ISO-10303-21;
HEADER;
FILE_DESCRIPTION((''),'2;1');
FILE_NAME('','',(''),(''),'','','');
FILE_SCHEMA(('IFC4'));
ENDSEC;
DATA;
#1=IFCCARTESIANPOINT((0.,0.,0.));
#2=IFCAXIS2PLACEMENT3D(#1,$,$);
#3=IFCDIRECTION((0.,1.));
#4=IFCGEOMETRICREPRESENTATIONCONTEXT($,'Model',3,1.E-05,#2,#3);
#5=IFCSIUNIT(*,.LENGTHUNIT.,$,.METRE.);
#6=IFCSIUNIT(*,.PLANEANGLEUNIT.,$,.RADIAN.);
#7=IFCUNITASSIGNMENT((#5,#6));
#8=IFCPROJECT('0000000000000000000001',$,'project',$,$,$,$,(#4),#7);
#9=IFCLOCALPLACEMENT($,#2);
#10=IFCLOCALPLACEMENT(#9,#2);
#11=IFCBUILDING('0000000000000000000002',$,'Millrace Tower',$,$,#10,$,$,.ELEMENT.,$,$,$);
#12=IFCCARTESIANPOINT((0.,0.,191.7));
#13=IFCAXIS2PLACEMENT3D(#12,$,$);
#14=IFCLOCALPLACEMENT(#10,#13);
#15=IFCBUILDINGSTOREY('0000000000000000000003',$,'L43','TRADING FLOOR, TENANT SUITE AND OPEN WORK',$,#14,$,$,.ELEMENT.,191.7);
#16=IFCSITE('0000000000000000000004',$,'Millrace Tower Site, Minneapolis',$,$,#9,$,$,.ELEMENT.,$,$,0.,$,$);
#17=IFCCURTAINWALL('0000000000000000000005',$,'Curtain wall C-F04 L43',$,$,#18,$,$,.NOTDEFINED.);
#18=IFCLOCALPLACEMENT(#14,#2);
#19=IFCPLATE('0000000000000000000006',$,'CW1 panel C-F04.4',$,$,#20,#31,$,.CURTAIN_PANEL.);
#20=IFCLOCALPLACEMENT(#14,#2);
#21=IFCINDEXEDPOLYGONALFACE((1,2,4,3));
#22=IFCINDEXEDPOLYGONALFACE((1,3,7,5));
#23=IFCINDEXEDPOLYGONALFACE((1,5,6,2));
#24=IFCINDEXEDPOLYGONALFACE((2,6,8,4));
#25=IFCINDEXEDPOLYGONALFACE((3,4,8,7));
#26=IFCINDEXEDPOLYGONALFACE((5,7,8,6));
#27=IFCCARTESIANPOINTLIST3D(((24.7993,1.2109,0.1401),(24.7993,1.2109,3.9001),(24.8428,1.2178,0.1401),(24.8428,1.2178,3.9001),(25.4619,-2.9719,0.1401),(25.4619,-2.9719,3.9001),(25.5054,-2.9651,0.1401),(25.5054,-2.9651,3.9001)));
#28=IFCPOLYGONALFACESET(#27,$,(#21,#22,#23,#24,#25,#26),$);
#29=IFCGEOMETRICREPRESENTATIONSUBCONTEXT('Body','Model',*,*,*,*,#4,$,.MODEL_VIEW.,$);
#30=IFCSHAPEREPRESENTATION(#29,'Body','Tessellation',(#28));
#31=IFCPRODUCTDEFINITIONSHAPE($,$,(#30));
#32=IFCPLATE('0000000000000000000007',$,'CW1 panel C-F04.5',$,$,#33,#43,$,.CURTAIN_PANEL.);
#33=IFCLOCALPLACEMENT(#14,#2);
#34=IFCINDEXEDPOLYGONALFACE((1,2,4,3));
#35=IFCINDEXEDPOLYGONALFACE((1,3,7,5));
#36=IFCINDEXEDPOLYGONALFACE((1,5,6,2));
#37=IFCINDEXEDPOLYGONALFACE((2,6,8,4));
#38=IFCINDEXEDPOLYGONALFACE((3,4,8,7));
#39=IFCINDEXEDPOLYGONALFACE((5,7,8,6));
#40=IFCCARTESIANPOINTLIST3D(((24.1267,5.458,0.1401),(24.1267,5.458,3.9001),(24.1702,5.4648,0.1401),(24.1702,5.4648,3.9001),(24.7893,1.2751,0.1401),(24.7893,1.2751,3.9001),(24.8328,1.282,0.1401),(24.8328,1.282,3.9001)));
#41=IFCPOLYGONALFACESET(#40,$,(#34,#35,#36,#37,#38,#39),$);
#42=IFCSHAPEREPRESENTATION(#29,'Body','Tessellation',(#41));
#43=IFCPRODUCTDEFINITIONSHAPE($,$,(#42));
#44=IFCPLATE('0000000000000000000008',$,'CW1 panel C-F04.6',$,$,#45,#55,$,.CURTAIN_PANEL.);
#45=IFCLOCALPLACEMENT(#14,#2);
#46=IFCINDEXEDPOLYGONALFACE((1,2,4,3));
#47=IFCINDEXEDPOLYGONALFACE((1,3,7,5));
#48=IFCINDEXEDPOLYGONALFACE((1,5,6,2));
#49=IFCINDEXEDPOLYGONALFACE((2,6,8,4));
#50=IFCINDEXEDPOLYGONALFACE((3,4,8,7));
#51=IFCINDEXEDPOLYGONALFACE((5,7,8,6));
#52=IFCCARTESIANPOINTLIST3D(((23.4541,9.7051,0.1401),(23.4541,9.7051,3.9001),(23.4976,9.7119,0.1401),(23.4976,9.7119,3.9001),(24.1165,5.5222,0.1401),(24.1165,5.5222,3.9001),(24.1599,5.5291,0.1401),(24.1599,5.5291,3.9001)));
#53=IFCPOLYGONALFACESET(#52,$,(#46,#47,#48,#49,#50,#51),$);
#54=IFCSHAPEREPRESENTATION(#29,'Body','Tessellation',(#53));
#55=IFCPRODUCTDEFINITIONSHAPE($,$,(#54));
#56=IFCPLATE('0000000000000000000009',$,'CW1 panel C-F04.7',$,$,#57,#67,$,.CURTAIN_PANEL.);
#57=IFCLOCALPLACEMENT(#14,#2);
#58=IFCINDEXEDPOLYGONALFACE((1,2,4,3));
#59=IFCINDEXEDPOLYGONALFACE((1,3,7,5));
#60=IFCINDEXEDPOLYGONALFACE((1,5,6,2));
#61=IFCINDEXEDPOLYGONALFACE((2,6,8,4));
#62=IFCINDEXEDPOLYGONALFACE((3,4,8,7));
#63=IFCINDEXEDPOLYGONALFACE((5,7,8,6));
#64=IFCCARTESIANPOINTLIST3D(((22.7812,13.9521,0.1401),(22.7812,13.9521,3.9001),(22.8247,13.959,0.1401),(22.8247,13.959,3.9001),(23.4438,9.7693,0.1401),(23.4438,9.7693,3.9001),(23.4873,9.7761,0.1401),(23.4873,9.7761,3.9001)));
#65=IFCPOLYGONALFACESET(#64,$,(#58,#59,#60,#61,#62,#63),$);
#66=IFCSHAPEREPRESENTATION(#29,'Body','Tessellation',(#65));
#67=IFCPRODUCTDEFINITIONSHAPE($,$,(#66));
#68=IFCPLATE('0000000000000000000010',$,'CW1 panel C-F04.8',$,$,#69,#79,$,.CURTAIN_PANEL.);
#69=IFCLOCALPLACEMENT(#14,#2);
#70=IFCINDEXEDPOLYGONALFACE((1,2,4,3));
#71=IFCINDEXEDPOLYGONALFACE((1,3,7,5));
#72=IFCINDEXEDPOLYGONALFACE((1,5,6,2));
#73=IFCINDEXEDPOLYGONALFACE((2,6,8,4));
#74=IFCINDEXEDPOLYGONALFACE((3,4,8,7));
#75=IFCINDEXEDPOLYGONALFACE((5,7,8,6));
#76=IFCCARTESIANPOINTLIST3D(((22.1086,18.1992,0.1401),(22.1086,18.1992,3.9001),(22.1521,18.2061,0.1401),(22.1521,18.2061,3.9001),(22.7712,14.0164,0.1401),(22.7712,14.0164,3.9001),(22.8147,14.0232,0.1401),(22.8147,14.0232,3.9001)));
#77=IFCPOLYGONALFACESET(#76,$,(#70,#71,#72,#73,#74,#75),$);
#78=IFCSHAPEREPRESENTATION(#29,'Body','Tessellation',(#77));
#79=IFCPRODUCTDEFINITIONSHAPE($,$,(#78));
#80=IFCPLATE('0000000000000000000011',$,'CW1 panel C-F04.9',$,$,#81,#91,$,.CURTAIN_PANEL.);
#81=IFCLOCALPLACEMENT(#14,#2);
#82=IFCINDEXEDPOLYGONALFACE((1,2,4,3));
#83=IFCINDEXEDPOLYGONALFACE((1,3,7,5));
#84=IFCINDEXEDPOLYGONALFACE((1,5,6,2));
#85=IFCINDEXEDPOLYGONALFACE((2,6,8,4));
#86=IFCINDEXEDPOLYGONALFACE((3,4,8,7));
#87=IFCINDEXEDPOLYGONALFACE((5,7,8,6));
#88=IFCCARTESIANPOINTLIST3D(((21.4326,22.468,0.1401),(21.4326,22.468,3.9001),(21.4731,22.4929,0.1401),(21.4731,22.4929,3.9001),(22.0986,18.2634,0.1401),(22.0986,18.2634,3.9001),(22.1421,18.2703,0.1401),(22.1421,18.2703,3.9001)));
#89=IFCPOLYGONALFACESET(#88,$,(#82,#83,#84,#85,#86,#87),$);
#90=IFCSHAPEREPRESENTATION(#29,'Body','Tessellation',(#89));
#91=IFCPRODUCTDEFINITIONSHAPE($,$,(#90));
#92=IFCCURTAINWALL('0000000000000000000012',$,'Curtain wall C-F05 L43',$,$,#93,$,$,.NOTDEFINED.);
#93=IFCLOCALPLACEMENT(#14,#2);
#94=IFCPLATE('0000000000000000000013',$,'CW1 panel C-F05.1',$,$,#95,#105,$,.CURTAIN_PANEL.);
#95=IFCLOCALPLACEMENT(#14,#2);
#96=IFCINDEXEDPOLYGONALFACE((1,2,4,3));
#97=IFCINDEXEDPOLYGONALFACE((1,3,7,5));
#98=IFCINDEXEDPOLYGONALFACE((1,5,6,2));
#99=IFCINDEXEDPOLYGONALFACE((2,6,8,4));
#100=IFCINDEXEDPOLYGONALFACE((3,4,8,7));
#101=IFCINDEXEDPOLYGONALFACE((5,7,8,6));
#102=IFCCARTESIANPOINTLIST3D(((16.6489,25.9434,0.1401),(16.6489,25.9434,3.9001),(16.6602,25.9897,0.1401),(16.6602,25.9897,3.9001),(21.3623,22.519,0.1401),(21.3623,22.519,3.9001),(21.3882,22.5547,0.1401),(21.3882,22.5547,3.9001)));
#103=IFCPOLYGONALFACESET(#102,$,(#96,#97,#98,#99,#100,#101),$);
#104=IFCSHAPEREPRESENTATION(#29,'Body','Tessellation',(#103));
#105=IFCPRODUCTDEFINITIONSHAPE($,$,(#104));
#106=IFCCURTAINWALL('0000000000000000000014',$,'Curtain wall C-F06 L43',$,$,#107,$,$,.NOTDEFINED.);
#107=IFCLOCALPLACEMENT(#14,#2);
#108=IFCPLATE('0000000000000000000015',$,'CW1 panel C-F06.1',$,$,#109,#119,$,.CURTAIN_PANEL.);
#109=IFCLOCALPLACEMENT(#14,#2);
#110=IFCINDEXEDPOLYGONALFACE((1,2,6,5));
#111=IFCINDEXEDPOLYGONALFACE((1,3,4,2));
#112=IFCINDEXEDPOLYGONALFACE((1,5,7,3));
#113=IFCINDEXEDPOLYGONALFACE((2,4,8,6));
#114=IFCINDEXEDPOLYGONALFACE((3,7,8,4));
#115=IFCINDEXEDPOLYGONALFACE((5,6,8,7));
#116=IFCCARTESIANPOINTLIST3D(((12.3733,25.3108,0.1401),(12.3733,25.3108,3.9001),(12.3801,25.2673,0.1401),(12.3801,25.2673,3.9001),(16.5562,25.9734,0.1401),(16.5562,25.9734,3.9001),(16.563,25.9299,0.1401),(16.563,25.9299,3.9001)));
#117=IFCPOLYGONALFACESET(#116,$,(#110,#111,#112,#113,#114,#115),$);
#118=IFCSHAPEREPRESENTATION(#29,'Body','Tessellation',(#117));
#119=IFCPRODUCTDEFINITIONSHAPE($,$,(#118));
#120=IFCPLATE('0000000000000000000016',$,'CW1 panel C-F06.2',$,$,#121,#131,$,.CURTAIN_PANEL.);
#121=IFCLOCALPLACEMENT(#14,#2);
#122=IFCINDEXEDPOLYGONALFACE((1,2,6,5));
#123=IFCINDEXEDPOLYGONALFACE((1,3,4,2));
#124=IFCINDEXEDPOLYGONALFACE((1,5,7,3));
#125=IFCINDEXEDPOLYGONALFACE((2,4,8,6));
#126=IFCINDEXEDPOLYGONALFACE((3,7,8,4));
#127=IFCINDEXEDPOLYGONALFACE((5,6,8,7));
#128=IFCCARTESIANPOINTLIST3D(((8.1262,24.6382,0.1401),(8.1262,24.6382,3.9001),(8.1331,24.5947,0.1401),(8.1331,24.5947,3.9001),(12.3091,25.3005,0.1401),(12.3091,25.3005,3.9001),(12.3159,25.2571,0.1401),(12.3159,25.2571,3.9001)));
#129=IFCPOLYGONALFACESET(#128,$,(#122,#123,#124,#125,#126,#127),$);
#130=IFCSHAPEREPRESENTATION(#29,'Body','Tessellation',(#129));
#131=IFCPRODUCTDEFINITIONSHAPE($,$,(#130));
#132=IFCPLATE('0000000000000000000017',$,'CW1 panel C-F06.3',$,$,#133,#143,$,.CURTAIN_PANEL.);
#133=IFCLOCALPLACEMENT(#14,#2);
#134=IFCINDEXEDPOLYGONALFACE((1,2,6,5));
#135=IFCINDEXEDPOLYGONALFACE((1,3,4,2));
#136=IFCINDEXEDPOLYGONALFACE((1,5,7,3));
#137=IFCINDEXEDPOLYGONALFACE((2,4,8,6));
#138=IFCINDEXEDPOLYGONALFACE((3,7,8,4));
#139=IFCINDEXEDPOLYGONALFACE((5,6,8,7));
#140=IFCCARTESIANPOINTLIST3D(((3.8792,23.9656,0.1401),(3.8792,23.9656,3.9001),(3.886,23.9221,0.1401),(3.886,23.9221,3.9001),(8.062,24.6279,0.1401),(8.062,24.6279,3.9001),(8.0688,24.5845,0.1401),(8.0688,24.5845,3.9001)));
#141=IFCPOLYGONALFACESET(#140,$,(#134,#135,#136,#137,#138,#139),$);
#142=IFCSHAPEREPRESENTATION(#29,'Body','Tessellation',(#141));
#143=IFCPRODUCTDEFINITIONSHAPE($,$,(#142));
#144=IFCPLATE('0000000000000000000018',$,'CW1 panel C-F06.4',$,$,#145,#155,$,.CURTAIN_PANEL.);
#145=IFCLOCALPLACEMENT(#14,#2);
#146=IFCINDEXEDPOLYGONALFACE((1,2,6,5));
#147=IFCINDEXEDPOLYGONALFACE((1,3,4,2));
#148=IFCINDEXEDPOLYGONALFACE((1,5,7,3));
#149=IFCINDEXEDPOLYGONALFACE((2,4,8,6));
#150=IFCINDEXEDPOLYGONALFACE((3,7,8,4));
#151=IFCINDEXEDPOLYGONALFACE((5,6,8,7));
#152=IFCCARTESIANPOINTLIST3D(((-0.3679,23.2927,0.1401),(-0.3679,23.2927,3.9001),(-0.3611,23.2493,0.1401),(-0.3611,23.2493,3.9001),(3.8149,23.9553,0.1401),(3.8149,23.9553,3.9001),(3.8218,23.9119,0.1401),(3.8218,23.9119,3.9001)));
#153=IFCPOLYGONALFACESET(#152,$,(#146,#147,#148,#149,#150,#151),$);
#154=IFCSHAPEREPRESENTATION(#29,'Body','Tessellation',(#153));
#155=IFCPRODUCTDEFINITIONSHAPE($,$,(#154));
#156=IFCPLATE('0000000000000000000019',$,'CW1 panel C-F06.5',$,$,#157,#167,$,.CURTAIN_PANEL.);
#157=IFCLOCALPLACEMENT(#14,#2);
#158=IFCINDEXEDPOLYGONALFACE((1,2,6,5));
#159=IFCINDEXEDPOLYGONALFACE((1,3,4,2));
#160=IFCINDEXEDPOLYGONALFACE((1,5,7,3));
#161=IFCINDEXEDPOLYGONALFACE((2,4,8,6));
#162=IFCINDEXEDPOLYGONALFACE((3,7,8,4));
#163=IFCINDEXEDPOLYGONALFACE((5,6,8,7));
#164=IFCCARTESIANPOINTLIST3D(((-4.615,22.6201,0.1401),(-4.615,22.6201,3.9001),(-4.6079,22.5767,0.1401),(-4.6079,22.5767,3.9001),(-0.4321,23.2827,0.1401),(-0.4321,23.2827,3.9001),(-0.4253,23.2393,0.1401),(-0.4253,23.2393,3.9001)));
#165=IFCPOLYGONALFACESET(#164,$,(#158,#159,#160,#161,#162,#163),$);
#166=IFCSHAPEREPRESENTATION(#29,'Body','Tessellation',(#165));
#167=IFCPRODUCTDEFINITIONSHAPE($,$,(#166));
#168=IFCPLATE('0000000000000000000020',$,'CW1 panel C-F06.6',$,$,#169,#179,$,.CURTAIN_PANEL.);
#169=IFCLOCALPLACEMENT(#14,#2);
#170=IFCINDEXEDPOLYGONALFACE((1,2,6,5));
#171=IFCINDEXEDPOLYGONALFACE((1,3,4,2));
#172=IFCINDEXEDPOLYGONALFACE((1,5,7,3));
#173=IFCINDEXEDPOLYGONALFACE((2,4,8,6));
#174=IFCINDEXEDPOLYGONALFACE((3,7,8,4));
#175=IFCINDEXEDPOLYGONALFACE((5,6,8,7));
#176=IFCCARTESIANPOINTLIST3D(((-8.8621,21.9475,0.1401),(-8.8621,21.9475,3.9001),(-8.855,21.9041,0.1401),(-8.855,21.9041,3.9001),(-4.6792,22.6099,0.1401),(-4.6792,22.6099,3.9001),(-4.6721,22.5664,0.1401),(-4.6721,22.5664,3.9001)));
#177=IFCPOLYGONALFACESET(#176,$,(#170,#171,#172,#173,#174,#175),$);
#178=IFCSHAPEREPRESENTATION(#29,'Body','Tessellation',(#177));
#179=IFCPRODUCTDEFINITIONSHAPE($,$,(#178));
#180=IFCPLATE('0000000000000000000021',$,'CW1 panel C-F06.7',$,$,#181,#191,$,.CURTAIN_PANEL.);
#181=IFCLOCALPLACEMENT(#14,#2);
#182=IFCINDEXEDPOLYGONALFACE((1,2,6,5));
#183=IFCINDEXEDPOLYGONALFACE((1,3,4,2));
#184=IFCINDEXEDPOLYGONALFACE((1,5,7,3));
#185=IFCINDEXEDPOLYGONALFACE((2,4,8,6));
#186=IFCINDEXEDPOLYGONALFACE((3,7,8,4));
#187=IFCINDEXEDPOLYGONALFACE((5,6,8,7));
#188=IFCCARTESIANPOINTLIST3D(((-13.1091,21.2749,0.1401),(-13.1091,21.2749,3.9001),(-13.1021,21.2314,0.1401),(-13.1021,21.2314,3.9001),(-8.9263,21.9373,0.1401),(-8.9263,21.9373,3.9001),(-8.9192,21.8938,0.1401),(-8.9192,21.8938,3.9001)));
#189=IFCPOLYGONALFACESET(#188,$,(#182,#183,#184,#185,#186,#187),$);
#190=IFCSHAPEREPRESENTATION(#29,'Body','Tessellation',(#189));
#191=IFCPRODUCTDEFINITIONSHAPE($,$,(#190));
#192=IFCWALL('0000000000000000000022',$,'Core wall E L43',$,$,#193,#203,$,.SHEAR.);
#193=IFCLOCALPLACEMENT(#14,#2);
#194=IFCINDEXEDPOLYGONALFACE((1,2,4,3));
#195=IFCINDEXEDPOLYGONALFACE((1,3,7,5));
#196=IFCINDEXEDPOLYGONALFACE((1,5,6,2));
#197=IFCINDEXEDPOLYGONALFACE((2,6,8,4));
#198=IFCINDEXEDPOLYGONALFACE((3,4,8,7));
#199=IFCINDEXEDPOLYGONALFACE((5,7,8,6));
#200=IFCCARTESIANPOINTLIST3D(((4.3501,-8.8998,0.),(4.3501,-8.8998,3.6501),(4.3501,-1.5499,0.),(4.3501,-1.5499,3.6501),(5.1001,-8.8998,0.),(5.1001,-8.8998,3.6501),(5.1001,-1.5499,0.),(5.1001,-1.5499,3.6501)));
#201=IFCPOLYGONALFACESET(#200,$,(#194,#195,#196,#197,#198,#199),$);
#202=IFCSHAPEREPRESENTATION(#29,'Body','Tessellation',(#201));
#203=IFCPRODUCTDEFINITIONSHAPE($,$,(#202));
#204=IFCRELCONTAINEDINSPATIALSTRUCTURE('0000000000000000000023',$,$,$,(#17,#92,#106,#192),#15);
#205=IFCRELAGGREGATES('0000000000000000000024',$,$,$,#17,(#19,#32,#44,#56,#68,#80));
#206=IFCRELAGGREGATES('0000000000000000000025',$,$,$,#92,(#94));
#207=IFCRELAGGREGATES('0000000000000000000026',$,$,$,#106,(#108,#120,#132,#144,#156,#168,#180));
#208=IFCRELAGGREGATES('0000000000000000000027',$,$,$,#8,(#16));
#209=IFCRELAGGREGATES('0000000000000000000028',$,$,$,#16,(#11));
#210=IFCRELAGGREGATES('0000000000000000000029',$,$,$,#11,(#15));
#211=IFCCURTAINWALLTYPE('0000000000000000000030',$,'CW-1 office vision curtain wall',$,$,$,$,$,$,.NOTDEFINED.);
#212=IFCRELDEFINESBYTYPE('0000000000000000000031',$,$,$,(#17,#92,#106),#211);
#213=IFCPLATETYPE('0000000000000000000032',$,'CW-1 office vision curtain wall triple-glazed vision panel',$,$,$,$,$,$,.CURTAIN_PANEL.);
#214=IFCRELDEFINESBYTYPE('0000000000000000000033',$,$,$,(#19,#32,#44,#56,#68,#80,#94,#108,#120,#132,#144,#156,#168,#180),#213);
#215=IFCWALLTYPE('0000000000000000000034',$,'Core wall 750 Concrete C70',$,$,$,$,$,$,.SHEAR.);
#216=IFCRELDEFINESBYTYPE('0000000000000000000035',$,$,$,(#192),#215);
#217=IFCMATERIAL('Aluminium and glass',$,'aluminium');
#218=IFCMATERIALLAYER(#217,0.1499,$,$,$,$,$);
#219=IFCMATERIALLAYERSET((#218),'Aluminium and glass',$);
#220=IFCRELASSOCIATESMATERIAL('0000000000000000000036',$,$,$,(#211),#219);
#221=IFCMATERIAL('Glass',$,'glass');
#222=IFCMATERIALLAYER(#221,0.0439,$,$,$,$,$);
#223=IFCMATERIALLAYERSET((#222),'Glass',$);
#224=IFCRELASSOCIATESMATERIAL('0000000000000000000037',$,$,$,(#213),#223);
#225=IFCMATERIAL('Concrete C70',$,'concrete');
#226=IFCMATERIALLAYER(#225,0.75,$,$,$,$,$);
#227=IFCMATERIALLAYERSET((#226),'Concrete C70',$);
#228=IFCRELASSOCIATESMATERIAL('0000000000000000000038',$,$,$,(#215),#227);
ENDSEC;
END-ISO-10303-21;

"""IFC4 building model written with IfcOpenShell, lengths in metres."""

from ifc_helpers import new_model, si_unit, direction, frame, frame_2d, origin, place, context, subcontext, project, spatial, polyline, rectangle, outline, extrude, material, layer, layer_set, type_object, element, aggregate, save


model = new_model("IFC4")

# Units and contexts
model_context = context("Model", 3, precision=1e-05, world=origin(), true_north=direction((0.0, 1.0)))
body_context = subcontext(model_context, "Body", "Model", "MODEL_VIEW")
ifc_project = project(units=[si_unit("LENGTHUNIT", "METRE"), si_unit("PLANEANGLEUNIT", "RADIAN")], contexts=[model_context])

# Site, building, storey
site_placement = place(None, origin())
site = spatial("IfcSite", under=ifc_project, at=site_placement, Name="Millrace Tower Site, Minneapolis", CompositionType="ELEMENT", RefElevation=0.0)
building_placement = place(site_placement, origin())
building = spatial("IfcBuilding", under=site, at=building_placement, Name="Millrace Tower", CompositionType="ELEMENT")
storey_placement = place(building_placement, frame((0.0, 0.0, 191.7)))
storey = spatial("IfcBuildingStorey", under=building, at=storey_placement, Name="L43", Description="TRADING FLOOR, TENANT SUITE AND OPEN WORK", CompositionType="ELEMENT", Elevation=191.7)

# Curtain wall, plates
ifc_material_1 = material(Name="Aluminium and glass", Category="aluminium")
ifc_layer_1 = layer(ifc_material_1, 0.1499)
ifc_layer_set_1 = layer_set([ifc_layer_1], Name="Aluminium and glass")
curtain_wall_type = type_object("IfcCurtainWallType", Name="CW-1 office vision curtain wall", PredefinedType="NOTDEFINED", material=ifc_layer_set_1)
placement_1 = place(storey_placement, origin())
curtain_wall_1 = element("IfcCurtainWall", 1, at=placement_1, inside=storey, type_object=curtain_wall_type, Name="Curtain wall C-F04 L43", PredefinedType="NOTDEFINED")
ifc_material_2 = material(Name="Glass", Category="glass")
ifc_layer_2 = layer(ifc_material_2, 0.0439)
ifc_layer_set_2 = layer_set([ifc_layer_2], Name="Glass")
plate_type = type_object("IfcPlateType", Name="CW-1 office vision curtain wall triple-glazed vision panel", PredefinedType="CURTAIN_PANEL", material=ifc_layer_set_2)
placement_2 = place(storey_placement, frame((0.0, 0.0, 0.1401)))
plate_1 = element("IfcPlate", 2, at=placement_2, type_object=plate_type, Name="CW1 panel C-F04.4", PredefinedType="CURTAIN_PANEL", context=body_context, shape_type="SweptSolid", body=[
    extrude(outline(polyline([(25.5054, -2.9651), (24.8428, 1.2178), (24.7993, 1.2109), (25.4619, -2.9719), (25.5054, -2.9651)])), origin(), (0.0, 0.0, 1.0), 3.76),
])
plate_2 = element("IfcPlate", 3, at=placement_2, type_object=plate_type, Name="CW1 panel C-F04.5", PredefinedType="CURTAIN_PANEL", context=body_context, shape_type="SweptSolid", body=[
    extrude(outline(polyline([(24.8328, 1.282), (24.1702, 5.4648), (24.1267, 5.458), (24.7893, 1.2751), (24.8328, 1.282)])), origin(), (0.0, 0.0, 1.0), 3.76),
])
plate_3 = element("IfcPlate", 4, at=placement_2, type_object=plate_type, Name="CW1 panel C-F04.6", PredefinedType="CURTAIN_PANEL", context=body_context, shape_type="SweptSolid", body=[
    extrude(outline(polyline([(24.1599, 5.5291), (23.4976, 9.7119), (23.4541, 9.7051), (24.1165, 5.5222), (24.1599, 5.5291)])), origin(), (0.0, 0.0, 1.0), 3.76),
])
plate_4 = element("IfcPlate", 5, at=placement_2, type_object=plate_type, Name="CW1 panel C-F04.7", PredefinedType="CURTAIN_PANEL", context=body_context, shape_type="SweptSolid", body=[
    extrude(outline(polyline([(23.4873, 9.7761), (22.8247, 13.959), (22.7812, 13.9521), (23.4438, 9.7693), (23.4873, 9.7761)])), origin(), (0.0, 0.0, 1.0), 3.76),
])
plate_5 = element("IfcPlate", 6, at=placement_2, type_object=plate_type, Name="CW1 panel C-F04.8", PredefinedType="CURTAIN_PANEL", context=body_context, shape_type="SweptSolid", body=[
    extrude(outline(polyline([(22.8147, 14.0232), (22.1521, 18.2061), (22.1086, 18.1992), (22.7712, 14.0164), (22.8147, 14.0232)])), origin(), (0.0, 0.0, 1.0), 3.76),
])
plate_6 = element("IfcPlate", 7, at=placement_2, type_object=plate_type, Name="CW1 panel C-F04.9", PredefinedType="CURTAIN_PANEL", context=body_context, shape_type="SweptSolid", body=[
    extrude(outline(polyline([(22.1421, 18.2703), (21.4731, 22.4929), (21.4326, 22.468), (22.0986, 18.2634), (22.1421, 18.2703)])), origin(), (0.0, 0.0, 1.0), 3.76),
])
aggregate(curtain_wall_1, [plate_1, plate_2, plate_3, plate_4, plate_5, plate_6])

# Curtain wall, plate
curtain_wall_2 = element("IfcCurtainWall", 8, at=placement_1, inside=storey, type_object=curtain_wall_type, Name="Curtain wall C-F05 L43", PredefinedType="NOTDEFINED")
plate_7 = element("IfcPlate", 9, at=placement_2, type_object=plate_type, Name="CW1 panel C-F05.1", PredefinedType="CURTAIN_PANEL", context=body_context, shape_type="SweptSolid", body=[
    extrude(outline(polyline([(21.3882, 22.5547), (16.6602, 25.9897), (16.6489, 25.9434), (21.3623, 22.519), (21.3882, 22.5547)])), origin(), (0.0, 0.0, 1.0), 3.76),
])
aggregate(curtain_wall_2, [plate_7])

# Curtain wall, plates
curtain_wall_3 = element("IfcCurtainWall", 10, at=placement_1, inside=storey, type_object=curtain_wall_type, Name="Curtain wall C-F06 L43", PredefinedType="NOTDEFINED")
plate_8 = element("IfcPlate", 11, at=placement_2, type_object=plate_type, Name="CW1 panel C-F06.1", PredefinedType="CURTAIN_PANEL", context=body_context, shape_type="SweptSolid", body=[
    extrude(outline(polyline([(16.5562, 25.9734), (12.3733, 25.3108), (12.3801, 25.2673), (16.563, 25.9299), (16.5562, 25.9734)])), origin(), (0.0, 0.0, 1.0), 3.76),
])
plate_9 = element("IfcPlate", 12, at=placement_2, type_object=plate_type, Name="CW1 panel C-F06.2", PredefinedType="CURTAIN_PANEL", context=body_context, shape_type="SweptSolid", body=[
    extrude(outline(polyline([(12.3091, 25.3005), (8.1262, 24.6382), (8.1331, 24.5947), (12.3159, 25.2571), (12.3091, 25.3005)])), origin(), (0.0, 0.0, 1.0), 3.76),
])
plate_10 = element("IfcPlate", 13, at=placement_2, type_object=plate_type, Name="CW1 panel C-F06.3", PredefinedType="CURTAIN_PANEL", context=body_context, shape_type="SweptSolid", body=[
    extrude(outline(polyline([(8.062, 24.6279), (3.8792, 23.9656), (3.886, 23.9221), (8.0688, 24.5845), (8.062, 24.6279)])), origin(), (0.0, 0.0, 1.0), 3.76),
])
plate_11 = element("IfcPlate", 14, at=placement_2, type_object=plate_type, Name="CW1 panel C-F06.4", PredefinedType="CURTAIN_PANEL", context=body_context, shape_type="SweptSolid", body=[
    extrude(outline(polyline([(3.8149, 23.9553), (-0.3679, 23.2927), (-0.3611, 23.2493), (3.8218, 23.9119), (3.8149, 23.9553)])), origin(), (0.0, 0.0, 1.0), 3.76),
])
plate_12 = element("IfcPlate", 15, at=placement_2, type_object=plate_type, Name="CW1 panel C-F06.5", PredefinedType="CURTAIN_PANEL", context=body_context, shape_type="SweptSolid", body=[
    extrude(outline(polyline([(-0.4321, 23.2827), (-4.615, 22.6201), (-4.6079, 22.5767), (-0.4253, 23.2393), (-0.4321, 23.2827)])), origin(), (0.0, 0.0, 1.0), 3.76),
])
plate_13 = element("IfcPlate", 16, at=placement_2, type_object=plate_type, Name="CW1 panel C-F06.6", PredefinedType="CURTAIN_PANEL", context=body_context, shape_type="SweptSolid", body=[
    extrude(outline(polyline([(-4.6792, 22.6099), (-8.8621, 21.9475), (-8.855, 21.9041), (-4.6721, 22.5664), (-4.6792, 22.6099)])), origin(), (0.0, 0.0, 1.0), 3.76),
])
plate_14 = element("IfcPlate", 17, at=placement_2, type_object=plate_type, Name="CW1 panel C-F06.7", PredefinedType="CURTAIN_PANEL", context=body_context, shape_type="SweptSolid", body=[
    extrude(outline(polyline([(-8.9263, 21.9373), (-13.1091, 21.2749), (-13.1021, 21.2314), (-8.9192, 21.8938), (-8.9263, 21.9373)])), origin(), (0.0, 0.0, 1.0), 3.76),
])
aggregate(curtain_wall_3, [plate_8, plate_9, plate_10, plate_11, plate_12, plate_13, plate_14])

# Wall
ifc_material_3 = material(Name="Concrete C70", Category="concrete")
ifc_layer_3 = layer(ifc_material_3, 0.75)
ifc_layer_set_3 = layer_set([ifc_layer_3], Name="Concrete C70")
wall_type_1 = type_object("IfcWallType", Name="Core wall 750 Concrete C70", PredefinedType="SHEAR", material=ifc_layer_set_3)
wall_1_placement = place(storey_placement, frame((4.7251, -1.55, 0.0), z_axis=(0.0, 0.0, 1.0), x_axis=(0.0, -1.0, 0.0)))
element("IfcWall", 18, at=wall_1_placement, inside=storey, type_object=wall_type_1, Name="Core wall E L43", PredefinedType="SHEAR", context=body_context, shape_type="SweptSolid", body=[
    extrude(rectangle(XDim=7.3499, YDim=0.75, at=frame_2d((3.6748, 0.0))), origin(), (0.0, 0.0, 1.0), 3.6501),
])

save(model, "model.ifc")
